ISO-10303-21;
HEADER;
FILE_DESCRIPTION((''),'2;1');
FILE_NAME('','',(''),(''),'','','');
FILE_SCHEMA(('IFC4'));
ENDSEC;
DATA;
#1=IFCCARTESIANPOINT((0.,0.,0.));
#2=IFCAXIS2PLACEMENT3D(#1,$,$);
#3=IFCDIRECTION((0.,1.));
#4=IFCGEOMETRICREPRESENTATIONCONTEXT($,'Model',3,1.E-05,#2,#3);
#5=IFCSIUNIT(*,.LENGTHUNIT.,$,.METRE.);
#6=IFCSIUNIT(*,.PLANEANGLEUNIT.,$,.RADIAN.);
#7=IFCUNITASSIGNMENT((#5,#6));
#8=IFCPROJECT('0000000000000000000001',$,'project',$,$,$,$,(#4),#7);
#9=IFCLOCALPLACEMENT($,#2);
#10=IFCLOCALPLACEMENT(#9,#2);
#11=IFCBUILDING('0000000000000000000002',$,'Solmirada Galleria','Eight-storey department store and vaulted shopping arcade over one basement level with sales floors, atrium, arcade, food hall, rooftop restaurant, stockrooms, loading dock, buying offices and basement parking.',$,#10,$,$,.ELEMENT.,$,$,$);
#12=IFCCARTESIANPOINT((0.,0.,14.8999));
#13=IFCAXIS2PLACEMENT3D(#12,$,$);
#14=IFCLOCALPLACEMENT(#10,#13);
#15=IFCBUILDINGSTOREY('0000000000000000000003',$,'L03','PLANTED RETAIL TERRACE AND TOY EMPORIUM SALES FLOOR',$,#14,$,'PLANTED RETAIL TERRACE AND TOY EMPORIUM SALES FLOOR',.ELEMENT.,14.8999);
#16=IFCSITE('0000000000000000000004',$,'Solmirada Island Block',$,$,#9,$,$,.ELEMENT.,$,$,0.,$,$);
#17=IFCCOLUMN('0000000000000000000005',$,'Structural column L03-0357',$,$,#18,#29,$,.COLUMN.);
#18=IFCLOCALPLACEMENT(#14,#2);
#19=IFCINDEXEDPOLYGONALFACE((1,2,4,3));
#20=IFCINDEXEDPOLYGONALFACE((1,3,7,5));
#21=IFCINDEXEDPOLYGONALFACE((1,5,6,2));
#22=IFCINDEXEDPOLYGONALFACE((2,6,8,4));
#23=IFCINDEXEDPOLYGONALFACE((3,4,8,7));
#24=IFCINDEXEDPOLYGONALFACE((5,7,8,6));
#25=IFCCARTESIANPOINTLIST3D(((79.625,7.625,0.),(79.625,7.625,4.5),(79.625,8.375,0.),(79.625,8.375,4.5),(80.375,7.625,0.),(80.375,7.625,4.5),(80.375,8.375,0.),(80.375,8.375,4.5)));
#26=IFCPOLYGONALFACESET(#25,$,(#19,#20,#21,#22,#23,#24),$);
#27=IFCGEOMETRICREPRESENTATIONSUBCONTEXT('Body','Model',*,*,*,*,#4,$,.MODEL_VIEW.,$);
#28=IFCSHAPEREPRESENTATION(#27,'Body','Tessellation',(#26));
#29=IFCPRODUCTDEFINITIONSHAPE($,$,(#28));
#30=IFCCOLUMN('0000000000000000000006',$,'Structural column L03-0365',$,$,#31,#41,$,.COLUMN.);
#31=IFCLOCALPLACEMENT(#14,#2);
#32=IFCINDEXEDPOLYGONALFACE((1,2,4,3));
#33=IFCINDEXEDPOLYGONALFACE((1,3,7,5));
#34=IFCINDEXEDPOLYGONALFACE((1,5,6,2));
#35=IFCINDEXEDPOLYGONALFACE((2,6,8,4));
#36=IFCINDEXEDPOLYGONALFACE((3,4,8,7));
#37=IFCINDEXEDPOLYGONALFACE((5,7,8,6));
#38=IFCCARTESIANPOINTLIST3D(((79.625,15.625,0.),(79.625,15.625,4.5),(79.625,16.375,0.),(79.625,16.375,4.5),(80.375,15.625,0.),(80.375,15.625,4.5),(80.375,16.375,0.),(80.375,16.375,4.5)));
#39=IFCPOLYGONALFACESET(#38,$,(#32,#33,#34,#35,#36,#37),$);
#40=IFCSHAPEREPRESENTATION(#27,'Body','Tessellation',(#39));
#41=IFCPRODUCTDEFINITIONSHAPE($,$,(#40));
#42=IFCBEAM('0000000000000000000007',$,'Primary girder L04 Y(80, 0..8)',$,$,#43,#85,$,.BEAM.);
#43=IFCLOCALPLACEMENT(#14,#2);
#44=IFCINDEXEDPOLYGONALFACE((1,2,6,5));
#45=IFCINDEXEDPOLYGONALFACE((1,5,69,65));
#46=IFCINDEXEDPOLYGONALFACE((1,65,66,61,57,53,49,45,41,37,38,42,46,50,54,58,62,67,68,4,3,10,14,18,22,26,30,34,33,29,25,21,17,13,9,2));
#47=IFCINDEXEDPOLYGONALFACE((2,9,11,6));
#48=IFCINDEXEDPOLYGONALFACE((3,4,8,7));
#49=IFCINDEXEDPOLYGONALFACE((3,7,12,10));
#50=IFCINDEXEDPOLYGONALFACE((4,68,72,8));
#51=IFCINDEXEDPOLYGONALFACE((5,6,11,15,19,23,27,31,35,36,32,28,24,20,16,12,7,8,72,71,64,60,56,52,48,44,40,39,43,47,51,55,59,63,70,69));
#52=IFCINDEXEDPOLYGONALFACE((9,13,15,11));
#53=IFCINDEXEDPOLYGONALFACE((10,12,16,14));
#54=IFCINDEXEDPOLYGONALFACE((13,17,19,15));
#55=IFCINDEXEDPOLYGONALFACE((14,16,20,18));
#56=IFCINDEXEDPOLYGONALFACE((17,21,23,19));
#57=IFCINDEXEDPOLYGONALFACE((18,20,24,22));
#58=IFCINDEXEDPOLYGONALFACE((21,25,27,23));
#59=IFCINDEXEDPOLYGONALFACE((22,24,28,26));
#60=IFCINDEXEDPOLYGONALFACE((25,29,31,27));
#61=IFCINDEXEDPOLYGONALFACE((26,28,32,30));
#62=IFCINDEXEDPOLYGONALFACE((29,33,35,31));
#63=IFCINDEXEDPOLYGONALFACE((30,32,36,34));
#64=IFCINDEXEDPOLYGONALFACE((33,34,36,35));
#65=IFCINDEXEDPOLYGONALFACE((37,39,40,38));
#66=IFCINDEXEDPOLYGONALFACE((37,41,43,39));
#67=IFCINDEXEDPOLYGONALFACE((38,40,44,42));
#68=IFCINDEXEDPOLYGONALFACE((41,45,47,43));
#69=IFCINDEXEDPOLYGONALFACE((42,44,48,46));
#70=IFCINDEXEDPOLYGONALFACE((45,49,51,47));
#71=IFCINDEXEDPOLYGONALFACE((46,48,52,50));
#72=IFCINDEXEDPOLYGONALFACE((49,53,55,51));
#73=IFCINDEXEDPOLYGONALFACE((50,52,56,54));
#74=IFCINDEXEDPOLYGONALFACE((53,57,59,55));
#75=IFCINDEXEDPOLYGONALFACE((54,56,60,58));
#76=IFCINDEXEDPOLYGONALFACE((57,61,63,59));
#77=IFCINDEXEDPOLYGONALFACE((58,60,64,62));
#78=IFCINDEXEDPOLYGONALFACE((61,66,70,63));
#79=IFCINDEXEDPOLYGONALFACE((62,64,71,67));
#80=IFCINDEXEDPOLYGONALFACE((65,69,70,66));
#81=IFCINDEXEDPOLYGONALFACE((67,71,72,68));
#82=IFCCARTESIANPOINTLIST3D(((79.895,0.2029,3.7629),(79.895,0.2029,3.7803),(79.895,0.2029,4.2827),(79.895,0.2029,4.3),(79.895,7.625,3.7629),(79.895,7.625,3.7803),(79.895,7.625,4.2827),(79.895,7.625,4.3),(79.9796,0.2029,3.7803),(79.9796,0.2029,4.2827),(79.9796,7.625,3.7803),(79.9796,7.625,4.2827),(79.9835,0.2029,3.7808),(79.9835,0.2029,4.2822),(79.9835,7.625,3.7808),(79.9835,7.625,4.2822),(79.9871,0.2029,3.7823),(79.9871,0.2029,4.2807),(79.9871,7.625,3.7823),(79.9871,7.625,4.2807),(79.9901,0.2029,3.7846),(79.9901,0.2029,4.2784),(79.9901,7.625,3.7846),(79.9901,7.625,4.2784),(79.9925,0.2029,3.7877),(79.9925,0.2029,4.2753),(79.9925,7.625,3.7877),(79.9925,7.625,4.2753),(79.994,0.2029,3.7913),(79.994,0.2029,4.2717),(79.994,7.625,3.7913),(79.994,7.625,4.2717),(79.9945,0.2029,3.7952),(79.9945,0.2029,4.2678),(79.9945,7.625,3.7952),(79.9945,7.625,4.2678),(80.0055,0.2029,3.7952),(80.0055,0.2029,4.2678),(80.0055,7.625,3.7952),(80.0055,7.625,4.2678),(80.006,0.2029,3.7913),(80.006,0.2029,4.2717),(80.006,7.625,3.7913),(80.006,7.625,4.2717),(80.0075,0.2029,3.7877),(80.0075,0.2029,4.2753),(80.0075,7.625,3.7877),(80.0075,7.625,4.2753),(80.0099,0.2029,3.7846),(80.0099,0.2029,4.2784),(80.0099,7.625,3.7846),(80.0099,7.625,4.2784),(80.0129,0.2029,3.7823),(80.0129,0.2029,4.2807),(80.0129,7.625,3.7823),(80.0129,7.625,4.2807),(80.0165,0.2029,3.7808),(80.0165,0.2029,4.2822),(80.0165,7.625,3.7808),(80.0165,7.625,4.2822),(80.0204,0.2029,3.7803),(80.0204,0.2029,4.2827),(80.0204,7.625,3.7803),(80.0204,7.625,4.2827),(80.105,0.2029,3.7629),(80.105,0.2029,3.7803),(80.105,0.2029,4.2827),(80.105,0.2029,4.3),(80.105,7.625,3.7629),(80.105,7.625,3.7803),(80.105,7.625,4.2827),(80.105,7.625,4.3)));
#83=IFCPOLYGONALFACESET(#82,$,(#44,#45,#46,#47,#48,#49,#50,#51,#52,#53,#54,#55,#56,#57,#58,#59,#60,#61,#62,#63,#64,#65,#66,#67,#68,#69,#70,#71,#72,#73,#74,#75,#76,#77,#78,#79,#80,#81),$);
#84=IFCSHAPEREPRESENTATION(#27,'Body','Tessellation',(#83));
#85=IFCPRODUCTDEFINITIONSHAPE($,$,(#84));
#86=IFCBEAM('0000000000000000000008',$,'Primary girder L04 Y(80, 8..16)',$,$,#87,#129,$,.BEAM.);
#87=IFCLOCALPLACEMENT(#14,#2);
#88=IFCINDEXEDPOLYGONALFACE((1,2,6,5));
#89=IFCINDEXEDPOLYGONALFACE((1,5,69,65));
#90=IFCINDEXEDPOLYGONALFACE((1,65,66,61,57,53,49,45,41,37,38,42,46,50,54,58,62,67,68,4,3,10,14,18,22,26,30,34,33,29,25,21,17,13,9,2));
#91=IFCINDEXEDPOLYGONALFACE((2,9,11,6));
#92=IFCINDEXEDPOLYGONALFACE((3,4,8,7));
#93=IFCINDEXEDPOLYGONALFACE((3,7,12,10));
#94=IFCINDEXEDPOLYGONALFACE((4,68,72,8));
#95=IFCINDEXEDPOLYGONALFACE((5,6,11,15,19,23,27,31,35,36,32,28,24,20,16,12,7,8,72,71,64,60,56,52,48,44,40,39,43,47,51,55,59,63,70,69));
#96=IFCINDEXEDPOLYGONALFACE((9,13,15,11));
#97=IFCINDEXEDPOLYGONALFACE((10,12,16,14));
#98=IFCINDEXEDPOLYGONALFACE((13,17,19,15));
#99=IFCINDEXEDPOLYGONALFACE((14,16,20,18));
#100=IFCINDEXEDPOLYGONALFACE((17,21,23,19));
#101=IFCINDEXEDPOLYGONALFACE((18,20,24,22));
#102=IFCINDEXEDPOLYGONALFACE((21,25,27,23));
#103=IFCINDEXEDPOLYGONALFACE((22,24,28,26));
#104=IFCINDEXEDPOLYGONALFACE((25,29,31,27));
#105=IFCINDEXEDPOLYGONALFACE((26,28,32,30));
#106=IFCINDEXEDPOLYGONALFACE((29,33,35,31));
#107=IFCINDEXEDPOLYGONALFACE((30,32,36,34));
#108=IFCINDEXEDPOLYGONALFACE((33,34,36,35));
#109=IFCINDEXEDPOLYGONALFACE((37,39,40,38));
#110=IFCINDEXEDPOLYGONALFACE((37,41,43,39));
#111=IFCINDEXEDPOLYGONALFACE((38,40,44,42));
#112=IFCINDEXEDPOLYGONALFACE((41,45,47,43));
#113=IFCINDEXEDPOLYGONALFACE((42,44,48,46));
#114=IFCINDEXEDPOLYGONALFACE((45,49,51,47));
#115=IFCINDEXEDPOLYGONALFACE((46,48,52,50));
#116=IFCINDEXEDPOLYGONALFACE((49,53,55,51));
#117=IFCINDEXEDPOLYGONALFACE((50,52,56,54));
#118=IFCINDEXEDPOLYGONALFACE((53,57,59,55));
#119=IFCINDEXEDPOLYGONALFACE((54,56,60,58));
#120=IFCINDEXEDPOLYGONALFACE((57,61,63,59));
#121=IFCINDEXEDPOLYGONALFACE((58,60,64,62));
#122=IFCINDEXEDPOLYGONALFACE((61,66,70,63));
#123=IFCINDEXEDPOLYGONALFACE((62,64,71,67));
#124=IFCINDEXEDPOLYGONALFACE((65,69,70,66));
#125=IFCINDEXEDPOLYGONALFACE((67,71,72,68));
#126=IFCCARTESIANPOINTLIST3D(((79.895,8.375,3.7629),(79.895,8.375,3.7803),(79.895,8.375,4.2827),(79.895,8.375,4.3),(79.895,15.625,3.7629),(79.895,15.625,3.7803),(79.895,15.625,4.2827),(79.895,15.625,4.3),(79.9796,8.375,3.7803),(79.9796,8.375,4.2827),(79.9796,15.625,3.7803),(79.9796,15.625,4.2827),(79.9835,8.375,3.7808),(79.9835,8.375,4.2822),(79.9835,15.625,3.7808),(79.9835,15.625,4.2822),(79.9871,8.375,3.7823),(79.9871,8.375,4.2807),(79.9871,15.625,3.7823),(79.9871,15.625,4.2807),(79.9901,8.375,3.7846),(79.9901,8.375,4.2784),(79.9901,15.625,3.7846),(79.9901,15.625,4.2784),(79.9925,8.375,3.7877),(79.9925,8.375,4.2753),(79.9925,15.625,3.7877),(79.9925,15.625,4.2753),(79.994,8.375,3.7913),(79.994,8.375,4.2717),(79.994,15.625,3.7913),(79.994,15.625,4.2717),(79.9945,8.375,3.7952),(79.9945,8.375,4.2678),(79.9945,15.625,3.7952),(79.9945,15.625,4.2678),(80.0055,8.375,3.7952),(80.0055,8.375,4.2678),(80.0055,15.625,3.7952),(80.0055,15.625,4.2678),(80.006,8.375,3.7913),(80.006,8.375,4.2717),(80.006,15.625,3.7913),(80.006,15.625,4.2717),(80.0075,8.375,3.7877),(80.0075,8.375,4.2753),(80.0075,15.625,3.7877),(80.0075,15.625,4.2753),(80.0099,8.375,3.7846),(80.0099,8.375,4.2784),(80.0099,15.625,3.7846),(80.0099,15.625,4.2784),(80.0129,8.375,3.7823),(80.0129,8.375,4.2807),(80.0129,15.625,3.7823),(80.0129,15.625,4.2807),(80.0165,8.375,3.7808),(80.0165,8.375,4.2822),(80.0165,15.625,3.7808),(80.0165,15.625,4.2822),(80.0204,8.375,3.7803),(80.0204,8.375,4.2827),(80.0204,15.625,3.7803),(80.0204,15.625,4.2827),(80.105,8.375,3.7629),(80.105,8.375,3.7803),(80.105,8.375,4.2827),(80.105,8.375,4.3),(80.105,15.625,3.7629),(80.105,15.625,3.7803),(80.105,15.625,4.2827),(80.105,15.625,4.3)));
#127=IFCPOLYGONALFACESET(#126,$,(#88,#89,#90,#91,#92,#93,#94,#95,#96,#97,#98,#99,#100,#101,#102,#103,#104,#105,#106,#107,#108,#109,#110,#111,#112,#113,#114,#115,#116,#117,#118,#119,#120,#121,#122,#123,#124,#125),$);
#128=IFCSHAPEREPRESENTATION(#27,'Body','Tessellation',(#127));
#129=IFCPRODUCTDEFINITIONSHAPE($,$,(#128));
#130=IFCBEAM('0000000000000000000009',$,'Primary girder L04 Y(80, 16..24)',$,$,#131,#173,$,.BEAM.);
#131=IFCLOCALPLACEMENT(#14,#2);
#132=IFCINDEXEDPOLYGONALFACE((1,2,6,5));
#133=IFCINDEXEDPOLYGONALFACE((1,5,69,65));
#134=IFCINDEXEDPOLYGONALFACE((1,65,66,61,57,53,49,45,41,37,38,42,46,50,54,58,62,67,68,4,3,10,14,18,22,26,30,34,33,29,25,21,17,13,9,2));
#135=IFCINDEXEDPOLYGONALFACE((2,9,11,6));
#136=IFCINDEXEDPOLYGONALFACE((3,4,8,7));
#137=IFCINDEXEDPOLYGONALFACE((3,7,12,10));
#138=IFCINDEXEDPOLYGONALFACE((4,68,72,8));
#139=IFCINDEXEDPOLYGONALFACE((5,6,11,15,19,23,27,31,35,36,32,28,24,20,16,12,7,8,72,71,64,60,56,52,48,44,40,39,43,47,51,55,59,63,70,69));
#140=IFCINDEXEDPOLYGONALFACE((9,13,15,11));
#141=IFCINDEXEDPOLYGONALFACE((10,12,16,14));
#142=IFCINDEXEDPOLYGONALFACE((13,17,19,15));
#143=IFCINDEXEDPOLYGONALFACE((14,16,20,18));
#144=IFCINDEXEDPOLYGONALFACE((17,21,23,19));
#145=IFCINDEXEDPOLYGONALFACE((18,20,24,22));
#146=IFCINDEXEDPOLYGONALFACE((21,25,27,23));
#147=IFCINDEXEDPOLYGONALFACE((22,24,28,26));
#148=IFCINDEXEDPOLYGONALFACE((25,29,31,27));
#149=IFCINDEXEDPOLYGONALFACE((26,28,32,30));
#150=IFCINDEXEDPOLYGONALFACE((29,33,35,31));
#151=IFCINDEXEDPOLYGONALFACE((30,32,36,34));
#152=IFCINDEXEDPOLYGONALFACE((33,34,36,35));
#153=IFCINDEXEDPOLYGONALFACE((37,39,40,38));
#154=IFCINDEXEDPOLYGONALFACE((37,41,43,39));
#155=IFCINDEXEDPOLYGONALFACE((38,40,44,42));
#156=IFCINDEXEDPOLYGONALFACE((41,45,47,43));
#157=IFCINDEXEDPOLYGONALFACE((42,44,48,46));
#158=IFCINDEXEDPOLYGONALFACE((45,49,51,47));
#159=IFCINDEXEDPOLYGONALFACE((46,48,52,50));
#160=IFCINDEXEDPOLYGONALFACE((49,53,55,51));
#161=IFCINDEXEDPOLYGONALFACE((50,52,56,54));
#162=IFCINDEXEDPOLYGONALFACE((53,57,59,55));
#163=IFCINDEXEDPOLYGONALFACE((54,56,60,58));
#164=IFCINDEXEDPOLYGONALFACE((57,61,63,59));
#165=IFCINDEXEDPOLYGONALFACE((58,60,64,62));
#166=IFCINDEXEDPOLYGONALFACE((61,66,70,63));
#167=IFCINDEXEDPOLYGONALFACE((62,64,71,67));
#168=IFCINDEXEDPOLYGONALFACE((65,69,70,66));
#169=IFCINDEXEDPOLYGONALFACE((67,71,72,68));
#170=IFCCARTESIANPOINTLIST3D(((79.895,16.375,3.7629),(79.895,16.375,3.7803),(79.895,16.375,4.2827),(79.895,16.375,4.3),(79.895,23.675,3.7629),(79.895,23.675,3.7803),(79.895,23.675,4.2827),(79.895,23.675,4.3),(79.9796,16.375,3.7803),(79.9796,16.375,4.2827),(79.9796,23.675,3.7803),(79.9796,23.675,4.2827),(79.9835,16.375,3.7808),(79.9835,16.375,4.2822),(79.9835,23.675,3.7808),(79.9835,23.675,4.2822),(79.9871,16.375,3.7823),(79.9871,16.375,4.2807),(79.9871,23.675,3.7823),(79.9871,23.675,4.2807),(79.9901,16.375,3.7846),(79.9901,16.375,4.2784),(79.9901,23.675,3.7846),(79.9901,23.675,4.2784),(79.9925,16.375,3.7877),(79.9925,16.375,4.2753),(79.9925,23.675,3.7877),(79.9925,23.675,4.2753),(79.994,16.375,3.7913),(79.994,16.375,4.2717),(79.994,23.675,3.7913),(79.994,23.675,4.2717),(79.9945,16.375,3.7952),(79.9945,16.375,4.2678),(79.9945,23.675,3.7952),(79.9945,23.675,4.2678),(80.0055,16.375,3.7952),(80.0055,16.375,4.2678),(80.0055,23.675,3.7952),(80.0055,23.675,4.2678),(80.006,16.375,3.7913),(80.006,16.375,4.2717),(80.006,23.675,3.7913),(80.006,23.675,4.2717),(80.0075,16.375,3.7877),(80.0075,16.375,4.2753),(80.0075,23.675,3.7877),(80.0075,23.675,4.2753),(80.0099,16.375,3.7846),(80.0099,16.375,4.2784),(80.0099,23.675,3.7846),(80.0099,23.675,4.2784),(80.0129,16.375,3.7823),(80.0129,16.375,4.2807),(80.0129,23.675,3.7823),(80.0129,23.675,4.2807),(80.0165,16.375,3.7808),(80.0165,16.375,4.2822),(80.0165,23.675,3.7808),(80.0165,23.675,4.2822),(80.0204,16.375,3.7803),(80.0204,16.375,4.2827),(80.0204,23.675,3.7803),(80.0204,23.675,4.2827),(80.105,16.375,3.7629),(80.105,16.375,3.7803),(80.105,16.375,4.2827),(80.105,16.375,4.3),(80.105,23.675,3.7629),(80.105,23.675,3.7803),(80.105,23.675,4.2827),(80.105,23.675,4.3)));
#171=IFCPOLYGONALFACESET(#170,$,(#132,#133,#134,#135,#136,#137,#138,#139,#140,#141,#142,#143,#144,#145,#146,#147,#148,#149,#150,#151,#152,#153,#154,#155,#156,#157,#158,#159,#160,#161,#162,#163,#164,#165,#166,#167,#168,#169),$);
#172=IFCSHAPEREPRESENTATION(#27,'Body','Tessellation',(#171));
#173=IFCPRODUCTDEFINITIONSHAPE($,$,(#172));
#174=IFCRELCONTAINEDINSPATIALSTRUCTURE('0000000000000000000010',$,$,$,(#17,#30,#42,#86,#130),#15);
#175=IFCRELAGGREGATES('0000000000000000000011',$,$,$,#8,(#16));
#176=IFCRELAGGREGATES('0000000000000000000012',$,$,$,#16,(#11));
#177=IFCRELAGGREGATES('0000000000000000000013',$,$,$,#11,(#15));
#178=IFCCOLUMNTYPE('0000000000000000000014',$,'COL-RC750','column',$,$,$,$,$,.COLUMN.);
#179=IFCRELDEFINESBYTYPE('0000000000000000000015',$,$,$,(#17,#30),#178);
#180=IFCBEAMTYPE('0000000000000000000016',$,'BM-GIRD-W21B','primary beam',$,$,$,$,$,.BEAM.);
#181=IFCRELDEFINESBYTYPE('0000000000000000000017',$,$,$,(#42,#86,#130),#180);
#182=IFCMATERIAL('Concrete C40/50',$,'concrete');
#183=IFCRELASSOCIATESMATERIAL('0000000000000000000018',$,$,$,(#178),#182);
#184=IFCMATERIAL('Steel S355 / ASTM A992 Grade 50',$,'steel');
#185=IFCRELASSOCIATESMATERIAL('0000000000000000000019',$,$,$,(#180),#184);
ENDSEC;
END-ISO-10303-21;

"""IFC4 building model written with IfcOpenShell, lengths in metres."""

from ifc_helpers import new_model, si_unit, direction, frame, origin, origin_2d, place, context, subcontext, project, spatial, rectangle, i_section, extrude, material, material_profile, profile_set, type_object, element, save


model = new_model("IFC4")

# Units and contexts
model_context = context("Model", 3, precision=1e-05, world=origin(), true_north=direction((0.0, 1.0)))
body_context = subcontext(model_context, "Body", "Model", "MODEL_VIEW")
ifc_project = project(units=[si_unit("LENGTHUNIT", "METRE"), si_unit("PLANEANGLEUNIT", "RADIAN")], contexts=[model_context])

# Site, building, storey
site_placement = place(None, origin())
site = spatial("IfcSite", under=ifc_project, at=site_placement, Name="Solmirada Island Block", CompositionType="ELEMENT", RefElevation=0.0)
building_placement = place(site_placement, origin())
building = spatial("IfcBuilding", under=site, at=building_placement, Name="Solmirada Galleria", Description="Eight-storey department store and vaulted shopping arcade over one basement level with sales floors, atrium, arcade, food hall, rooftop restaurant, stockrooms, loading dock, buying offices and basement parking.", CompositionType="ELEMENT")
storey_placement = place(building_placement, frame((0.0, 0.0, 14.8999)))
storey = spatial("IfcBuildingStorey", under=building, at=storey_placement, Name="L03", Description="PLANTED RETAIL TERRACE AND TOY EMPORIUM SALES FLOOR", LongName="PLANTED RETAIL TERRACE AND TOY EMPORIUM SALES FLOOR", CompositionType="ELEMENT", Elevation=14.8999)

# Columns
ifc_material_1 = material(Name="Concrete C40/50", Category="concrete")
ifc_material_profile_1 = material_profile(ifc_material_1, rectangle(XDim=0.75, YDim=0.75, at=origin_2d()), Name="RC750X750")
ifc_profile_set_1 = profile_set([ifc_material_profile_1], Name="Concrete C40/50")
column_type_1 = type_object("IfcColumnType", Name="COL-RC750", Description="column", PredefinedType="COLUMN", material=ifc_profile_set_1)
for number, where, z_axis, x_axis, name in (
    (1, (80.0, 8.0, 0.0), (0.0, 0.0, 1.0), (1.0, 0.0, 0.0), "Structural column L03-0357"),
    (2, (80.0, 16.0, 0.0), (0.0, 0.0, 1.0), (1.0, 0.0, 0.0), "Structural column L03-0365"),
):
    element("IfcColumn", number, at=place(storey_placement, frame(where, z_axis=z_axis, x_axis=x_axis)), inside=storey, type_object=column_type_1, Name=name, PredefinedType="COLUMN", context=body_context, shape_type="SweptSolid", body=[
        extrude(rectangle(XDim=0.75, YDim=0.75, at=origin_2d()), origin(), (0.0, 0.0, 1.0), 4.5),
    ])

# Beams
ifc_material_2 = material(Name="Steel S355 / ASTM A992 Grade 50", Category="steel")
ifc_material_profile_2 = material_profile(ifc_material_2, i_section(OverallWidth=0.21, OverallDepth=0.5371, WebThickness=0.011, FlangeThickness=0.0173, FilletRadius=0.0149, at=origin_2d()), Name="W21X68")
ifc_profile_set_2 = profile_set([ifc_material_profile_2], Name="Steel S355 / ASTM A992 Grade 50")
beam_type = type_object("IfcBeamType", Name="BM-GIRD-W21B", Description="primary beam", PredefinedType="BEAM", material=ifc_profile_set_2)
beam_1_placement = place(storey_placement, frame((80.0, 0.2029, 4.0315), z_axis=(0.0, 1.0, 0.0), x_axis=(-1.0, 0.0, 0.0)))
element("IfcBeam", 3, at=beam_1_placement, inside=storey, type_object=beam_type, Name="Primary girder L04 Y(80, 0..8)", PredefinedType="BEAM", context=body_context, shape_type="SweptSolid", body=[
    extrude(i_section(OverallWidth=0.21, OverallDepth=0.5371, WebThickness=0.011, FlangeThickness=0.0173, FilletRadius=0.0149, at=origin_2d()), origin(), (0.0, 0.0, 1.0), 7.4221),
])
beam_2_placement = place(storey_placement, frame((80.0, 8.375, 4.0315), z_axis=(0.0, 1.0, 0.0), x_axis=(-1.0, 0.0, 0.0)))
element("IfcBeam", 4, at=beam_2_placement, inside=storey, type_object=beam_type, Name="Primary girder L04 Y(80, 8..16)", PredefinedType="BEAM", context=body_context, shape_type="SweptSolid", body=[
    extrude(i_section(OverallWidth=0.21, OverallDepth=0.5371, WebThickness=0.011, FlangeThickness=0.0173, FilletRadius=0.0149, at=origin_2d()), origin(), (0.0, 0.0, 1.0), 7.25),
])
beam_3_placement = place(storey_placement, frame((80.0, 16.375, 4.0315), z_axis=(0.0, 1.0, 0.0), x_axis=(-1.0, 0.0, 0.0)))
element("IfcBeam", 5, at=beam_3_placement, inside=storey, type_object=beam_type, Name="Primary girder L04 Y(80, 16..24)", PredefinedType="BEAM", context=body_context, shape_type="SweptSolid", body=[
    extrude(i_section(OverallWidth=0.21, OverallDepth=0.5371, WebThickness=0.011, FlangeThickness=0.0173, FilletRadius=0.0149, at=origin_2d()), origin(), (0.0, 0.0, 1.0), 7.3),
])

save(model, "model.ifc")
